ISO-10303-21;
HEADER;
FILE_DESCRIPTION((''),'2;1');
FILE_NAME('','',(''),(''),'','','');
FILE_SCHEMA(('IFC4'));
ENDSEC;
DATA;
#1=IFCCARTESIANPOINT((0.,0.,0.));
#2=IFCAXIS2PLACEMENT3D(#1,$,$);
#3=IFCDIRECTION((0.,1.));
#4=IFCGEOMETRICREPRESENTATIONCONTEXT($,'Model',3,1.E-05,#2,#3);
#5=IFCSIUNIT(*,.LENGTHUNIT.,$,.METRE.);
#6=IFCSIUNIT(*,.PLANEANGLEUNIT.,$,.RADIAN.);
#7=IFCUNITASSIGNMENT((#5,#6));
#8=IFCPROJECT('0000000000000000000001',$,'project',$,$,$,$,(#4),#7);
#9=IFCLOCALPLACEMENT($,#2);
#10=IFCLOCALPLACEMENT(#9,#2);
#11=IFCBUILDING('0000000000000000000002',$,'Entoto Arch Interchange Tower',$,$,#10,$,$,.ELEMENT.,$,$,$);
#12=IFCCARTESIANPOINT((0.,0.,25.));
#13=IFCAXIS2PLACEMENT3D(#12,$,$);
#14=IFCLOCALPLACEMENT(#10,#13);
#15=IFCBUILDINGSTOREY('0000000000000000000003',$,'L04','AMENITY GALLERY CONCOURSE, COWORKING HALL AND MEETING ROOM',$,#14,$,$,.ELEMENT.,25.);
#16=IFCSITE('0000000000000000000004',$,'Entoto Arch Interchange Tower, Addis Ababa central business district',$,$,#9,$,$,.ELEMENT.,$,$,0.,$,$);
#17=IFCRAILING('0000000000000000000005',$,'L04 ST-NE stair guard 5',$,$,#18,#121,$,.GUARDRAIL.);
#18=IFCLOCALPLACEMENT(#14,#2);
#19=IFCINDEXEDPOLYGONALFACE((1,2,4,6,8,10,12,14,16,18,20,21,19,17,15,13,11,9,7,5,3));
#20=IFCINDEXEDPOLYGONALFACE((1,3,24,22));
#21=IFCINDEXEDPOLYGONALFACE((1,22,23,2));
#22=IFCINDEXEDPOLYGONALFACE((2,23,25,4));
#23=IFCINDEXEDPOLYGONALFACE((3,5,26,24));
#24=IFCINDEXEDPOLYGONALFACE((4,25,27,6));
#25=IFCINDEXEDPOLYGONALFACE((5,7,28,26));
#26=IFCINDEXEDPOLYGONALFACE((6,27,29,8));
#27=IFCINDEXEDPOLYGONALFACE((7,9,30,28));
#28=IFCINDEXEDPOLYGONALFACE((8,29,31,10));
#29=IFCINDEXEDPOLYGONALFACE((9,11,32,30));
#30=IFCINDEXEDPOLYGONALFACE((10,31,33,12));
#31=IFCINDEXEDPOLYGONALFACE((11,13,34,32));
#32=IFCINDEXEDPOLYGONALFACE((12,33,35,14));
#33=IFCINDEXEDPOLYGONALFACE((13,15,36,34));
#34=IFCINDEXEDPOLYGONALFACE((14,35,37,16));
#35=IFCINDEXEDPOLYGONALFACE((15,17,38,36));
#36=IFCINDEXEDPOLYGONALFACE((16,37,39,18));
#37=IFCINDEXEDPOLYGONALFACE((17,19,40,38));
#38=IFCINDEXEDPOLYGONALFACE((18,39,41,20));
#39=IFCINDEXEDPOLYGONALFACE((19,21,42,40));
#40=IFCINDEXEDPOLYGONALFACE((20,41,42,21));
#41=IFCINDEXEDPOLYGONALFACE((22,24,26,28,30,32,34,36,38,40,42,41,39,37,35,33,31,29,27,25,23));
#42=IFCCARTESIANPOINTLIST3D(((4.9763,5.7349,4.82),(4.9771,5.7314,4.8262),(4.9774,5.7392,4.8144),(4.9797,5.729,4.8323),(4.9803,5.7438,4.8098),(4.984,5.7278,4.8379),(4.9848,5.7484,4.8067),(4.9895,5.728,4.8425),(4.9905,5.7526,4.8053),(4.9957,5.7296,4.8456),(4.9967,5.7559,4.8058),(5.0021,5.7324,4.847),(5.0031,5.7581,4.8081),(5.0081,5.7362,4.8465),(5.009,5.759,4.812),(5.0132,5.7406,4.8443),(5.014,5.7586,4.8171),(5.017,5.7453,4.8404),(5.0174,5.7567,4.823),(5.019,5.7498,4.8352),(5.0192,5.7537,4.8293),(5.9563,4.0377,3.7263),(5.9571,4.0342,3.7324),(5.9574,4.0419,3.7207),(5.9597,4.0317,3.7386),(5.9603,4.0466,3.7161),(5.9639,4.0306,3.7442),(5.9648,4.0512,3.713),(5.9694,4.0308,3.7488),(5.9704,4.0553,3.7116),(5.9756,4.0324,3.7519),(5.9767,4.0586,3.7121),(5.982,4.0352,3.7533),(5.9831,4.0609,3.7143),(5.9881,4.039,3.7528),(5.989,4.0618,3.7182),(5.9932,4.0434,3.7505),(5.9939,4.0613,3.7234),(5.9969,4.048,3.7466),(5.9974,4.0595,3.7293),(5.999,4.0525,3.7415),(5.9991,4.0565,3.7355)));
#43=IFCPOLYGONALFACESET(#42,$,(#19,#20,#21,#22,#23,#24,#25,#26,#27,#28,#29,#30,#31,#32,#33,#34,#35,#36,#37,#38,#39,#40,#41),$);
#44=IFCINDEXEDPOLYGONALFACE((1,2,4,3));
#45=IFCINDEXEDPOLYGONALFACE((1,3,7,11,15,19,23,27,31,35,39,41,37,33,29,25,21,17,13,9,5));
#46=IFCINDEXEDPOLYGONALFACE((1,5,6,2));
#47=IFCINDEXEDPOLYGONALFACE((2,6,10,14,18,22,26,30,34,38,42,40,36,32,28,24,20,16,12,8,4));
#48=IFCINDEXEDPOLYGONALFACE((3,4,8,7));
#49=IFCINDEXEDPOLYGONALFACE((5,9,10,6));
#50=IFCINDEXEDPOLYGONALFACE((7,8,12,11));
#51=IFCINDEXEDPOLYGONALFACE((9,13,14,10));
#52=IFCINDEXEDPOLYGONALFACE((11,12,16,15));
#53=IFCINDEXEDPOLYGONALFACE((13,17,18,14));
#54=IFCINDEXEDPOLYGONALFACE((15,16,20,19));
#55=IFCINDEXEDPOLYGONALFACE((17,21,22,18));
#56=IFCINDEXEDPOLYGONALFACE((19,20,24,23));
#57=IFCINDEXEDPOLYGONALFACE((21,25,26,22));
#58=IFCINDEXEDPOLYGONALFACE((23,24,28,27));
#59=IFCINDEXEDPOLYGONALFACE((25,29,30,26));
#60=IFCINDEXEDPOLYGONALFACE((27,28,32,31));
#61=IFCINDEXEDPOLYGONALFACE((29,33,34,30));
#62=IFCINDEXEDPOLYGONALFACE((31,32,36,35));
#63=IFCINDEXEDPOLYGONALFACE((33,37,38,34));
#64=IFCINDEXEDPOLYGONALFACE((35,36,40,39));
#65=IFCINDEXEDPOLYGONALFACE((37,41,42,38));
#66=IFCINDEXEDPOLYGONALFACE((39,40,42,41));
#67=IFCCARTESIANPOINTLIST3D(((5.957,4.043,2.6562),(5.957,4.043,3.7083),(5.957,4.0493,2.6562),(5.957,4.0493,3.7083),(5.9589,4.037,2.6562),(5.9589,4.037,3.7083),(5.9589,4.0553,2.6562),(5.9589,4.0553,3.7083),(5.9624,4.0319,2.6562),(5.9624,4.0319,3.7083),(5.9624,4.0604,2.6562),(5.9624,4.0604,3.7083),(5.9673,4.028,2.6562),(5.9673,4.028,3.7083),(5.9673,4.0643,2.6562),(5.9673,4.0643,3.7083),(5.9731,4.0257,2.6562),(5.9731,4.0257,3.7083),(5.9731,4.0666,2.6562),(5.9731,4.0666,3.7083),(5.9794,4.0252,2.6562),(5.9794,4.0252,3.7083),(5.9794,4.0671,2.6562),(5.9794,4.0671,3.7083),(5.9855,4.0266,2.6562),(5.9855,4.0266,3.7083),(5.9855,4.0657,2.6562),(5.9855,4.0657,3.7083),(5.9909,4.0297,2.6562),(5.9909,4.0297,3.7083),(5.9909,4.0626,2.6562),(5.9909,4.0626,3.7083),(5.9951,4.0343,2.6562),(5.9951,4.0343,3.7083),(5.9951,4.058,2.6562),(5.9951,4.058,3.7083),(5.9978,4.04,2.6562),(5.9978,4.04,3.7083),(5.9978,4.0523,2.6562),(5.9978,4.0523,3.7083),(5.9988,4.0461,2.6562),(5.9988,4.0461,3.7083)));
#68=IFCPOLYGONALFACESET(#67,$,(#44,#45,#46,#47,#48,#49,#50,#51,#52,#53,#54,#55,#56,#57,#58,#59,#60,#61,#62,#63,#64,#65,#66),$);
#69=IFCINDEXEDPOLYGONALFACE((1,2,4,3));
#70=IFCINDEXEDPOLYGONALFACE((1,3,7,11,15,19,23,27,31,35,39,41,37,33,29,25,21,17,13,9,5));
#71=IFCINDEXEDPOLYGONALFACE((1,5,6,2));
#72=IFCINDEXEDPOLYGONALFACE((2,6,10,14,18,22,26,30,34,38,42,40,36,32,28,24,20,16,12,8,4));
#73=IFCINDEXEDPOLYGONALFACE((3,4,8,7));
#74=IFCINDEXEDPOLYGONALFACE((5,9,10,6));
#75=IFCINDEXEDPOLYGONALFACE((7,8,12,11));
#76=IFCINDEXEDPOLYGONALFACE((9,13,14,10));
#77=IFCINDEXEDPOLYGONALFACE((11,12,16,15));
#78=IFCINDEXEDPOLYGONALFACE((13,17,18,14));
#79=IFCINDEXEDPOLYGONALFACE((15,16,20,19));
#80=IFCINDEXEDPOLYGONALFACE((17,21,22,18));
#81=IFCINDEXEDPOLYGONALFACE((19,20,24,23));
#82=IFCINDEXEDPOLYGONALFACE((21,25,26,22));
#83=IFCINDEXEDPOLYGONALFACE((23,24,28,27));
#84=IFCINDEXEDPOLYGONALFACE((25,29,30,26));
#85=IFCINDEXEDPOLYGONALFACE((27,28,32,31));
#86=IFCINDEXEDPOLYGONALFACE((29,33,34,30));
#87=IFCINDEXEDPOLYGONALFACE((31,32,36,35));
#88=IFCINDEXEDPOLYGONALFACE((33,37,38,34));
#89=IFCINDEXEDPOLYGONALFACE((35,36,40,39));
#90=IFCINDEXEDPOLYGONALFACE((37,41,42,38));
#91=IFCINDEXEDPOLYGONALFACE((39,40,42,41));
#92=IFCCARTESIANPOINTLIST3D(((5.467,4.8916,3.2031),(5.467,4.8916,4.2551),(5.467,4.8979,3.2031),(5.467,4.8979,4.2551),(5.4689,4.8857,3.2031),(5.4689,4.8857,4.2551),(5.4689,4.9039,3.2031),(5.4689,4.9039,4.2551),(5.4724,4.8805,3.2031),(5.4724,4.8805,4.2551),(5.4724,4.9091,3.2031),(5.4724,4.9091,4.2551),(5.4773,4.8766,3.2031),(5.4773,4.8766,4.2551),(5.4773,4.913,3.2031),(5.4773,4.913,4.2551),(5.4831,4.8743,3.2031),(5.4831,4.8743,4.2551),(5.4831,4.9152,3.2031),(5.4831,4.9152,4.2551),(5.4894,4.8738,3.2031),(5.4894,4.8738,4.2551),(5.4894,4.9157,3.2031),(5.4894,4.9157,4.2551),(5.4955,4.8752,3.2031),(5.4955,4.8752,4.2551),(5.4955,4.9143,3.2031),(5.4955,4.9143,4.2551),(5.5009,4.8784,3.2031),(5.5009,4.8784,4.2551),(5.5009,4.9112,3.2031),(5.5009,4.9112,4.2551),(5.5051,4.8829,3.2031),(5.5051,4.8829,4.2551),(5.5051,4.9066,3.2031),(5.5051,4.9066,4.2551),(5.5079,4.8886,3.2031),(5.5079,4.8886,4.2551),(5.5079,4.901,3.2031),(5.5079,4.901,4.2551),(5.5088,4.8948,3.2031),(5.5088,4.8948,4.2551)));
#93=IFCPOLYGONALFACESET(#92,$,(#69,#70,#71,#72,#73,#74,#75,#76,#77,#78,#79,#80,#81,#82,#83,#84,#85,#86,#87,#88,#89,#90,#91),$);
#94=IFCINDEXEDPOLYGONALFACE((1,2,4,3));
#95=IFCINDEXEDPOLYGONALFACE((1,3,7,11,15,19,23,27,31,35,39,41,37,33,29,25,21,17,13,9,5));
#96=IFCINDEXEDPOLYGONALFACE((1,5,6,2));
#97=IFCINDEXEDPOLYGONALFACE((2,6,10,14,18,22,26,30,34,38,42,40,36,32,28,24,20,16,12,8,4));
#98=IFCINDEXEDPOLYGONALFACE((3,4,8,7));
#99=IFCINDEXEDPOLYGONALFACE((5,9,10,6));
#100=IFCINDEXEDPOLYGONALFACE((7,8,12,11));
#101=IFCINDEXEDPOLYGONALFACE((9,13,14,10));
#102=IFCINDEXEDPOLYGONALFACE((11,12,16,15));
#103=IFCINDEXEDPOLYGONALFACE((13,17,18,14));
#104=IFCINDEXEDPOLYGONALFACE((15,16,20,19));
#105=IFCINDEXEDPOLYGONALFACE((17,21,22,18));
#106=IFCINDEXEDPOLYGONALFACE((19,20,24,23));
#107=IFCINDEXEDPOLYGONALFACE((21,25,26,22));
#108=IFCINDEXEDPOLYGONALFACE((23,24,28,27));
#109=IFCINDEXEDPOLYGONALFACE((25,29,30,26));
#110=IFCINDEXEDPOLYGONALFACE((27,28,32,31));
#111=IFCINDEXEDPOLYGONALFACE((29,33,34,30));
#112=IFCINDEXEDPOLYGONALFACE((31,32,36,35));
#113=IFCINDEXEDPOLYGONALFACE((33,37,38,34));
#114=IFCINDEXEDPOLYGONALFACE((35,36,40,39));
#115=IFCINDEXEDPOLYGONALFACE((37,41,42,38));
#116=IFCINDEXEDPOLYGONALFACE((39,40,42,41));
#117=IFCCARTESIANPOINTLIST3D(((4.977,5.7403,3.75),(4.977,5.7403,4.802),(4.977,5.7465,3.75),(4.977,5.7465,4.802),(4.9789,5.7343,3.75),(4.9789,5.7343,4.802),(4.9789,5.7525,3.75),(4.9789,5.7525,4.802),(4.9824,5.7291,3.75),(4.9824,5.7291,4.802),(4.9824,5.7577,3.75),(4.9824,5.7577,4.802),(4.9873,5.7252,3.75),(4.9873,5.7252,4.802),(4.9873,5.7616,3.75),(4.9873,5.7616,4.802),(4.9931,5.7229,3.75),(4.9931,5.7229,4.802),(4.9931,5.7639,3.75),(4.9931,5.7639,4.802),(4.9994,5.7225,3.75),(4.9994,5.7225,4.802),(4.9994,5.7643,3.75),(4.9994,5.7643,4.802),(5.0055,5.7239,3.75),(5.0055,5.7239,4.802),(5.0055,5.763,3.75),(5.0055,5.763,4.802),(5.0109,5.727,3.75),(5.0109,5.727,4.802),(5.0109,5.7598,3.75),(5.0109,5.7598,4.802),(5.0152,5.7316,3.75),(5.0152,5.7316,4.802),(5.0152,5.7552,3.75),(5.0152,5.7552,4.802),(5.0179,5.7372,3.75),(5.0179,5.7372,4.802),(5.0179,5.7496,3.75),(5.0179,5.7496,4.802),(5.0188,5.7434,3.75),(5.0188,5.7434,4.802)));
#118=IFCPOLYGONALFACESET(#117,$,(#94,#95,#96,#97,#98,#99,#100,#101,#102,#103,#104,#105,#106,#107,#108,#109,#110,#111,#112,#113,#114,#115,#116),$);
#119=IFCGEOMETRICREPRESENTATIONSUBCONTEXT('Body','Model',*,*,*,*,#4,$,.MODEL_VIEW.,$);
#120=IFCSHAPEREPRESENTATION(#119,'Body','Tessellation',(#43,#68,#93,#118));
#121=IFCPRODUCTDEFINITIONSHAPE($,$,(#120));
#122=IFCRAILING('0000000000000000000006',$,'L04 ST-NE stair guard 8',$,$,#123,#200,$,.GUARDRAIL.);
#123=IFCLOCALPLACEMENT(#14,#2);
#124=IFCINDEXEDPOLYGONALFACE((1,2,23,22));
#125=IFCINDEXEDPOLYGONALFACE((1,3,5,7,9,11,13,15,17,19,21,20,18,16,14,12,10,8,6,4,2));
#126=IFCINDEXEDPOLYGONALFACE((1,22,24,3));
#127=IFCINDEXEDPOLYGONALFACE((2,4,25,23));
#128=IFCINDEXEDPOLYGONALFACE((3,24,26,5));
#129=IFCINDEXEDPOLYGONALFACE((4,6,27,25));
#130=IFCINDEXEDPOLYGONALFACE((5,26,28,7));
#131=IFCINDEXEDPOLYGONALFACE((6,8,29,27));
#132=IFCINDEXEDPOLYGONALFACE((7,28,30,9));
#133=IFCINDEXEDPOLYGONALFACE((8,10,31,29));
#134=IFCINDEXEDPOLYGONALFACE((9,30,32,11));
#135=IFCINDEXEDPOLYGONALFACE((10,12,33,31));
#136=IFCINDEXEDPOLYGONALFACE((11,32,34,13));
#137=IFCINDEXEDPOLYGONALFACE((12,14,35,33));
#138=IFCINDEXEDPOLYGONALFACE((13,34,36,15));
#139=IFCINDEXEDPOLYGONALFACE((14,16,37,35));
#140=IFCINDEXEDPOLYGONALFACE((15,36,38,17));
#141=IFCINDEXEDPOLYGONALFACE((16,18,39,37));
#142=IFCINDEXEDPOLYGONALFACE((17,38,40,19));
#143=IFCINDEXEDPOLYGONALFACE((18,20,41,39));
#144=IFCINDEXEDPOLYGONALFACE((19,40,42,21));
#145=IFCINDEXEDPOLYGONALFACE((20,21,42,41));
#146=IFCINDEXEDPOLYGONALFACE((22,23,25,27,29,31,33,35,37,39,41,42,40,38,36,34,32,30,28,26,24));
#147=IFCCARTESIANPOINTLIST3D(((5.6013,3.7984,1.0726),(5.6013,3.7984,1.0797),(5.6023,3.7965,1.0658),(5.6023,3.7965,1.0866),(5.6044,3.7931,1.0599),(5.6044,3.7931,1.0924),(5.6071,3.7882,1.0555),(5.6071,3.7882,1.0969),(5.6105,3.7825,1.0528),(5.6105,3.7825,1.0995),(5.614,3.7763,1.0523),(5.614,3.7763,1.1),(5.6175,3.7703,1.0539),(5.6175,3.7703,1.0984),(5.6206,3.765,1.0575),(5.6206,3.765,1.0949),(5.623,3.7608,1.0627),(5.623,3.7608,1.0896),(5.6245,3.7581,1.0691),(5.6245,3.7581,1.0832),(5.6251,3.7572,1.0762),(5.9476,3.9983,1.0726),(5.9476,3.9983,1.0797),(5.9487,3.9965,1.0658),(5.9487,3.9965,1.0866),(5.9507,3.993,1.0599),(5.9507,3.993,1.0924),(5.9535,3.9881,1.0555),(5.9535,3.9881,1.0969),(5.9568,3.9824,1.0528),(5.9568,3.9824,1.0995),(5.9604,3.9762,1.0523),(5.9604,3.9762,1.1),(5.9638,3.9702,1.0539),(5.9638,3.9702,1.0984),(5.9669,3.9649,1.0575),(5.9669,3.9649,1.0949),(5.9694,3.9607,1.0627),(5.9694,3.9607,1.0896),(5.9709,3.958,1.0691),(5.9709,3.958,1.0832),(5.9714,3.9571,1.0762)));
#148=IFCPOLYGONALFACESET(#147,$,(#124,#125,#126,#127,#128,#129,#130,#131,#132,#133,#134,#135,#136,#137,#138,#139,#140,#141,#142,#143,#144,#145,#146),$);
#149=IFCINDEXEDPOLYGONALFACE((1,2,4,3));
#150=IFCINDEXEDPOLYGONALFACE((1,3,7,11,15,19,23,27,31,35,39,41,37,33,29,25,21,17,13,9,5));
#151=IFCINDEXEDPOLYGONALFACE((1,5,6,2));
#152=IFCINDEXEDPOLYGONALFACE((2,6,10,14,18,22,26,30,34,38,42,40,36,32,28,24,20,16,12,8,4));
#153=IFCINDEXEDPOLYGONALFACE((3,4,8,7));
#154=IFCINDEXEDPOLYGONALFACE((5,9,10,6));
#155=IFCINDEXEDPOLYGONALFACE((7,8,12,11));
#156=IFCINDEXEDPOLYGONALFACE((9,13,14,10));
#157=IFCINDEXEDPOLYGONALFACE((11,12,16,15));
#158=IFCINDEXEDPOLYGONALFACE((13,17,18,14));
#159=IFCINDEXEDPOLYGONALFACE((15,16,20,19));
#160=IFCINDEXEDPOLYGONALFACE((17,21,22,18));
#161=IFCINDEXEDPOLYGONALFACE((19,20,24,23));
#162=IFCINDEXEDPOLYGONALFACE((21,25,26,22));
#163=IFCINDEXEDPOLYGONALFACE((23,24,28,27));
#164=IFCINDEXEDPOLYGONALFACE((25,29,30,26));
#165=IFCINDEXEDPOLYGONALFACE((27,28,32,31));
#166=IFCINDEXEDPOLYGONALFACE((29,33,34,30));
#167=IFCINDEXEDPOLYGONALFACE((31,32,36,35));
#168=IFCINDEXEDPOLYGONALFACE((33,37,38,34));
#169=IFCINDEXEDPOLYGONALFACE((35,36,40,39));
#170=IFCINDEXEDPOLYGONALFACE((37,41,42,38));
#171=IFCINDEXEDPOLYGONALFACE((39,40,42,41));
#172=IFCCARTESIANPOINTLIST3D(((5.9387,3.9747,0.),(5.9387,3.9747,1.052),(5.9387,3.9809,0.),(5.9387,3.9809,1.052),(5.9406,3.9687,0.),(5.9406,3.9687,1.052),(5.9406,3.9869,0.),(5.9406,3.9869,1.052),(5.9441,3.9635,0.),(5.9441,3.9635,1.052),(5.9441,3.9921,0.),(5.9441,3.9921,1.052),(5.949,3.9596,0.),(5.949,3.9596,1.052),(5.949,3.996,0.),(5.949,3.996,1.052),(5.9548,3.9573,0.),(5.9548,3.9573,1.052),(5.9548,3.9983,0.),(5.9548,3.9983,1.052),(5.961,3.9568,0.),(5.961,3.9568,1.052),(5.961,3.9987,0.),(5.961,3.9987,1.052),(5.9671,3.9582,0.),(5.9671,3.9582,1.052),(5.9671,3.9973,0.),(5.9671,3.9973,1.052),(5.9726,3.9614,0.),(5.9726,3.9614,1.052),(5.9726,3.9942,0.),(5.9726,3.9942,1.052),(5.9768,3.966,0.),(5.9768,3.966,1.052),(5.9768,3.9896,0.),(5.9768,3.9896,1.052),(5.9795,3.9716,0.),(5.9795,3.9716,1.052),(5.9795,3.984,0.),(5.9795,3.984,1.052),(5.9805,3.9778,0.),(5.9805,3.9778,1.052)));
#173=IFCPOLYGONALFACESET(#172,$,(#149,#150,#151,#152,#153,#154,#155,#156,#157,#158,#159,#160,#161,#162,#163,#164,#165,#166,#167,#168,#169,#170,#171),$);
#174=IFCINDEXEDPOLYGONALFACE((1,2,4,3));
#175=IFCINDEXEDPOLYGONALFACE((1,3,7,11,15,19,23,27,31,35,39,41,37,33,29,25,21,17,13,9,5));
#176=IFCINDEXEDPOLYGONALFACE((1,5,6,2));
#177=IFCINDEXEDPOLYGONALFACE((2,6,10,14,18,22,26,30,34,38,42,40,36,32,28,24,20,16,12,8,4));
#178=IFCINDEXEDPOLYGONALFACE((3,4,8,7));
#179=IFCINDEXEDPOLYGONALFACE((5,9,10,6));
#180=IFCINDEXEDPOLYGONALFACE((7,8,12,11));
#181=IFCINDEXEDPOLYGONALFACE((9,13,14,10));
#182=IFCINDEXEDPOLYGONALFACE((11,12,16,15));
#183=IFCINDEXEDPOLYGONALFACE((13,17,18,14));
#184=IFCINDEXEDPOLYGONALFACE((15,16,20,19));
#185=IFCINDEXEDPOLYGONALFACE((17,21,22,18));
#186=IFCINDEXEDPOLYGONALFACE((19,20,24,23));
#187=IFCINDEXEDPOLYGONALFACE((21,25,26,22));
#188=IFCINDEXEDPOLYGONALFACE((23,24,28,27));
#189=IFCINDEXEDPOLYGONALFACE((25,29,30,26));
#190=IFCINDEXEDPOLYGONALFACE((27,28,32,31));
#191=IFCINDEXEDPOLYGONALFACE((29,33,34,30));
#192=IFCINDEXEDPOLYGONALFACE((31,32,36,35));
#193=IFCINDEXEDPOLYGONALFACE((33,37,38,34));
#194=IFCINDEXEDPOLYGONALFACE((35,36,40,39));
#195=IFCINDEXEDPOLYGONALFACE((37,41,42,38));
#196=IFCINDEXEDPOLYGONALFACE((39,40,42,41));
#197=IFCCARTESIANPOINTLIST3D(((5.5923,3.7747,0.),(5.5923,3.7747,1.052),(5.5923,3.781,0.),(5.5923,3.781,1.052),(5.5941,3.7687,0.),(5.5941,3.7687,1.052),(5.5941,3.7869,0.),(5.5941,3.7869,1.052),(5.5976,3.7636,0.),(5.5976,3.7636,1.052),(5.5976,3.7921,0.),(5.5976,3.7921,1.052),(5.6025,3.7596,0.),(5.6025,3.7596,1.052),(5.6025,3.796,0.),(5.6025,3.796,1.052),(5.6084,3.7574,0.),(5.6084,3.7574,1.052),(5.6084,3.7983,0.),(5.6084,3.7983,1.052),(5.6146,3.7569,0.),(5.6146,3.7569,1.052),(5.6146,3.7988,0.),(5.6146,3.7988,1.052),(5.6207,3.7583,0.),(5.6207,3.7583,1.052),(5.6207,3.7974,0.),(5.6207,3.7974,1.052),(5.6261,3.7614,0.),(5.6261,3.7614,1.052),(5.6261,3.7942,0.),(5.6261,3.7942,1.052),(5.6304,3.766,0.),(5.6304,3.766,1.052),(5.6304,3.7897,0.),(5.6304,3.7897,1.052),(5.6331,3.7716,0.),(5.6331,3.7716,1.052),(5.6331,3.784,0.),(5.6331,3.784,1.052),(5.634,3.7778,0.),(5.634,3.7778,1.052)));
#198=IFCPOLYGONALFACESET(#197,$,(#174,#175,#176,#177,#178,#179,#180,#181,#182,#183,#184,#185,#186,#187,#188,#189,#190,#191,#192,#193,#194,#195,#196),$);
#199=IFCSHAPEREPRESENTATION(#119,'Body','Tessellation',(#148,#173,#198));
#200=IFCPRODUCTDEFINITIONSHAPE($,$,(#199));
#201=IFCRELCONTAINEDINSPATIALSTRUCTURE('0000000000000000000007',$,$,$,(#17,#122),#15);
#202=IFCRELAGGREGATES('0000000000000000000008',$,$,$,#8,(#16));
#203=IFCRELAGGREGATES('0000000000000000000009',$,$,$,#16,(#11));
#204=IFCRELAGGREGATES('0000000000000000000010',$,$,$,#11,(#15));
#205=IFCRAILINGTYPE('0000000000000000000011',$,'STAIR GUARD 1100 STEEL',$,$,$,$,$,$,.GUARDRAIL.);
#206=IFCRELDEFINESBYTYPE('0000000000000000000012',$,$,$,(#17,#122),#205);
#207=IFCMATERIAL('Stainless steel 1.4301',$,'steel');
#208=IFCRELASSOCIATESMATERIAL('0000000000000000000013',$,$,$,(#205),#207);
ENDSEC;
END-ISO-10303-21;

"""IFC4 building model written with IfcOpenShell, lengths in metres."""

from ifc_helpers import new_model, si_unit, direction, frame, origin, origin_2d, place, context, subcontext, project, spatial, circle, extrude, material, type_object, element, save


model = new_model("IFC4")

# Units and contexts
model_context = context("Model", 3, precision=1e-05, world=origin(), true_north=direction((0.0, 1.0)))
body_context = subcontext(model_context, "Body", "Model", "MODEL_VIEW")
ifc_project = project(units=[si_unit("LENGTHUNIT", "METRE"), si_unit("PLANEANGLEUNIT", "RADIAN")], contexts=[model_context])

# Site, building, storey
site_placement = place(None, origin())
site = spatial("IfcSite", under=ifc_project, at=site_placement, Name="Entoto Arch Interchange Tower, Addis Ababa central business district", CompositionType="ELEMENT", RefElevation=0.0)
building_placement = place(site_placement, origin())
building = spatial("IfcBuilding", under=site, at=building_placement, Name="Entoto Arch Interchange Tower", CompositionType="ELEMENT")
storey_placement = place(building_placement, frame((0.0, 0.0, 25.0)))
storey = spatial("IfcBuildingStorey", under=building, at=storey_placement, Name="L04", Description="AMENITY GALLERY CONCOURSE, COWORKING HALL AND MEETING ROOM", CompositionType="ELEMENT", Elevation=25.0)

# Railings
ifc_material_1 = material(Name="Stainless steel 1.4301", Category="steel")
railing_type_1 = type_object("IfcRailingType", Name="STAIR GUARD 1100 STEEL", PredefinedType="GUARDRAIL", material=ifc_material_1)
railing_1_placement = place(storey_placement, frame((5.9778, 4.0461, 2.6562)))
element("IfcRailing", 1, at=railing_1_placement, inside=storey, type_object=railing_type_1, Name="L04 ST-NE stair guard 5", PredefinedType="GUARDRAIL", context=body_context, shape_type="SweptSolid", body=[
    extrude(circle(Radius=0.0239, at=origin_2d()), frame((0.0, 0.0, 1.0762), z_axis=(-0.436632, 0.75622, 0.487323), x_axis=(-0.866011, -0.500024, 0.0)), (0.0, 0.0, 1.0), 2.2444),
    extrude(circle(Radius=0.021, at=origin_2d()), origin(), (0.0, 0.0, 1.0), 1.052),
    extrude(circle(Radius=0.021, at=origin_2d()), frame((-0.49, 0.8486, 0.5469)), (0.0, 0.0, 1.0), 1.052),
    extrude(circle(Radius=0.021, at=origin_2d()), frame((-0.98, 1.6973, 1.0938)), (0.0, 0.0, 1.0), 1.052),
])
railing_2_placement = place(storey_placement, frame((5.9595, 3.9778, 0.0)))
element("IfcRailing", 2, at=railing_2_placement, inside=storey, type_object=railing_type_1, Name="L04 ST-NE stair guard 8", PredefinedType="GUARDRAIL", context=body_context, shape_type="SweptSolid", body=[
    extrude(circle(Radius=0.0239, at=origin_2d()), frame((0.0, 0.0, 1.0762), z_axis=(-0.866094, -0.499881, 0.0), x_axis=(0.499881, -0.866094, 0.0)), (0.0, 0.0, 1.0), 0.3999),
    extrude(circle(Radius=0.021, at=origin_2d()), origin(), (0.0, 0.0, 1.0), 1.052),
    extrude(circle(Radius=0.021, at=origin_2d()), frame((-0.3464, -0.2, 0.0)), (0.0, 0.0, 1.0), 1.052),
])

save(model, "model.ifc")
